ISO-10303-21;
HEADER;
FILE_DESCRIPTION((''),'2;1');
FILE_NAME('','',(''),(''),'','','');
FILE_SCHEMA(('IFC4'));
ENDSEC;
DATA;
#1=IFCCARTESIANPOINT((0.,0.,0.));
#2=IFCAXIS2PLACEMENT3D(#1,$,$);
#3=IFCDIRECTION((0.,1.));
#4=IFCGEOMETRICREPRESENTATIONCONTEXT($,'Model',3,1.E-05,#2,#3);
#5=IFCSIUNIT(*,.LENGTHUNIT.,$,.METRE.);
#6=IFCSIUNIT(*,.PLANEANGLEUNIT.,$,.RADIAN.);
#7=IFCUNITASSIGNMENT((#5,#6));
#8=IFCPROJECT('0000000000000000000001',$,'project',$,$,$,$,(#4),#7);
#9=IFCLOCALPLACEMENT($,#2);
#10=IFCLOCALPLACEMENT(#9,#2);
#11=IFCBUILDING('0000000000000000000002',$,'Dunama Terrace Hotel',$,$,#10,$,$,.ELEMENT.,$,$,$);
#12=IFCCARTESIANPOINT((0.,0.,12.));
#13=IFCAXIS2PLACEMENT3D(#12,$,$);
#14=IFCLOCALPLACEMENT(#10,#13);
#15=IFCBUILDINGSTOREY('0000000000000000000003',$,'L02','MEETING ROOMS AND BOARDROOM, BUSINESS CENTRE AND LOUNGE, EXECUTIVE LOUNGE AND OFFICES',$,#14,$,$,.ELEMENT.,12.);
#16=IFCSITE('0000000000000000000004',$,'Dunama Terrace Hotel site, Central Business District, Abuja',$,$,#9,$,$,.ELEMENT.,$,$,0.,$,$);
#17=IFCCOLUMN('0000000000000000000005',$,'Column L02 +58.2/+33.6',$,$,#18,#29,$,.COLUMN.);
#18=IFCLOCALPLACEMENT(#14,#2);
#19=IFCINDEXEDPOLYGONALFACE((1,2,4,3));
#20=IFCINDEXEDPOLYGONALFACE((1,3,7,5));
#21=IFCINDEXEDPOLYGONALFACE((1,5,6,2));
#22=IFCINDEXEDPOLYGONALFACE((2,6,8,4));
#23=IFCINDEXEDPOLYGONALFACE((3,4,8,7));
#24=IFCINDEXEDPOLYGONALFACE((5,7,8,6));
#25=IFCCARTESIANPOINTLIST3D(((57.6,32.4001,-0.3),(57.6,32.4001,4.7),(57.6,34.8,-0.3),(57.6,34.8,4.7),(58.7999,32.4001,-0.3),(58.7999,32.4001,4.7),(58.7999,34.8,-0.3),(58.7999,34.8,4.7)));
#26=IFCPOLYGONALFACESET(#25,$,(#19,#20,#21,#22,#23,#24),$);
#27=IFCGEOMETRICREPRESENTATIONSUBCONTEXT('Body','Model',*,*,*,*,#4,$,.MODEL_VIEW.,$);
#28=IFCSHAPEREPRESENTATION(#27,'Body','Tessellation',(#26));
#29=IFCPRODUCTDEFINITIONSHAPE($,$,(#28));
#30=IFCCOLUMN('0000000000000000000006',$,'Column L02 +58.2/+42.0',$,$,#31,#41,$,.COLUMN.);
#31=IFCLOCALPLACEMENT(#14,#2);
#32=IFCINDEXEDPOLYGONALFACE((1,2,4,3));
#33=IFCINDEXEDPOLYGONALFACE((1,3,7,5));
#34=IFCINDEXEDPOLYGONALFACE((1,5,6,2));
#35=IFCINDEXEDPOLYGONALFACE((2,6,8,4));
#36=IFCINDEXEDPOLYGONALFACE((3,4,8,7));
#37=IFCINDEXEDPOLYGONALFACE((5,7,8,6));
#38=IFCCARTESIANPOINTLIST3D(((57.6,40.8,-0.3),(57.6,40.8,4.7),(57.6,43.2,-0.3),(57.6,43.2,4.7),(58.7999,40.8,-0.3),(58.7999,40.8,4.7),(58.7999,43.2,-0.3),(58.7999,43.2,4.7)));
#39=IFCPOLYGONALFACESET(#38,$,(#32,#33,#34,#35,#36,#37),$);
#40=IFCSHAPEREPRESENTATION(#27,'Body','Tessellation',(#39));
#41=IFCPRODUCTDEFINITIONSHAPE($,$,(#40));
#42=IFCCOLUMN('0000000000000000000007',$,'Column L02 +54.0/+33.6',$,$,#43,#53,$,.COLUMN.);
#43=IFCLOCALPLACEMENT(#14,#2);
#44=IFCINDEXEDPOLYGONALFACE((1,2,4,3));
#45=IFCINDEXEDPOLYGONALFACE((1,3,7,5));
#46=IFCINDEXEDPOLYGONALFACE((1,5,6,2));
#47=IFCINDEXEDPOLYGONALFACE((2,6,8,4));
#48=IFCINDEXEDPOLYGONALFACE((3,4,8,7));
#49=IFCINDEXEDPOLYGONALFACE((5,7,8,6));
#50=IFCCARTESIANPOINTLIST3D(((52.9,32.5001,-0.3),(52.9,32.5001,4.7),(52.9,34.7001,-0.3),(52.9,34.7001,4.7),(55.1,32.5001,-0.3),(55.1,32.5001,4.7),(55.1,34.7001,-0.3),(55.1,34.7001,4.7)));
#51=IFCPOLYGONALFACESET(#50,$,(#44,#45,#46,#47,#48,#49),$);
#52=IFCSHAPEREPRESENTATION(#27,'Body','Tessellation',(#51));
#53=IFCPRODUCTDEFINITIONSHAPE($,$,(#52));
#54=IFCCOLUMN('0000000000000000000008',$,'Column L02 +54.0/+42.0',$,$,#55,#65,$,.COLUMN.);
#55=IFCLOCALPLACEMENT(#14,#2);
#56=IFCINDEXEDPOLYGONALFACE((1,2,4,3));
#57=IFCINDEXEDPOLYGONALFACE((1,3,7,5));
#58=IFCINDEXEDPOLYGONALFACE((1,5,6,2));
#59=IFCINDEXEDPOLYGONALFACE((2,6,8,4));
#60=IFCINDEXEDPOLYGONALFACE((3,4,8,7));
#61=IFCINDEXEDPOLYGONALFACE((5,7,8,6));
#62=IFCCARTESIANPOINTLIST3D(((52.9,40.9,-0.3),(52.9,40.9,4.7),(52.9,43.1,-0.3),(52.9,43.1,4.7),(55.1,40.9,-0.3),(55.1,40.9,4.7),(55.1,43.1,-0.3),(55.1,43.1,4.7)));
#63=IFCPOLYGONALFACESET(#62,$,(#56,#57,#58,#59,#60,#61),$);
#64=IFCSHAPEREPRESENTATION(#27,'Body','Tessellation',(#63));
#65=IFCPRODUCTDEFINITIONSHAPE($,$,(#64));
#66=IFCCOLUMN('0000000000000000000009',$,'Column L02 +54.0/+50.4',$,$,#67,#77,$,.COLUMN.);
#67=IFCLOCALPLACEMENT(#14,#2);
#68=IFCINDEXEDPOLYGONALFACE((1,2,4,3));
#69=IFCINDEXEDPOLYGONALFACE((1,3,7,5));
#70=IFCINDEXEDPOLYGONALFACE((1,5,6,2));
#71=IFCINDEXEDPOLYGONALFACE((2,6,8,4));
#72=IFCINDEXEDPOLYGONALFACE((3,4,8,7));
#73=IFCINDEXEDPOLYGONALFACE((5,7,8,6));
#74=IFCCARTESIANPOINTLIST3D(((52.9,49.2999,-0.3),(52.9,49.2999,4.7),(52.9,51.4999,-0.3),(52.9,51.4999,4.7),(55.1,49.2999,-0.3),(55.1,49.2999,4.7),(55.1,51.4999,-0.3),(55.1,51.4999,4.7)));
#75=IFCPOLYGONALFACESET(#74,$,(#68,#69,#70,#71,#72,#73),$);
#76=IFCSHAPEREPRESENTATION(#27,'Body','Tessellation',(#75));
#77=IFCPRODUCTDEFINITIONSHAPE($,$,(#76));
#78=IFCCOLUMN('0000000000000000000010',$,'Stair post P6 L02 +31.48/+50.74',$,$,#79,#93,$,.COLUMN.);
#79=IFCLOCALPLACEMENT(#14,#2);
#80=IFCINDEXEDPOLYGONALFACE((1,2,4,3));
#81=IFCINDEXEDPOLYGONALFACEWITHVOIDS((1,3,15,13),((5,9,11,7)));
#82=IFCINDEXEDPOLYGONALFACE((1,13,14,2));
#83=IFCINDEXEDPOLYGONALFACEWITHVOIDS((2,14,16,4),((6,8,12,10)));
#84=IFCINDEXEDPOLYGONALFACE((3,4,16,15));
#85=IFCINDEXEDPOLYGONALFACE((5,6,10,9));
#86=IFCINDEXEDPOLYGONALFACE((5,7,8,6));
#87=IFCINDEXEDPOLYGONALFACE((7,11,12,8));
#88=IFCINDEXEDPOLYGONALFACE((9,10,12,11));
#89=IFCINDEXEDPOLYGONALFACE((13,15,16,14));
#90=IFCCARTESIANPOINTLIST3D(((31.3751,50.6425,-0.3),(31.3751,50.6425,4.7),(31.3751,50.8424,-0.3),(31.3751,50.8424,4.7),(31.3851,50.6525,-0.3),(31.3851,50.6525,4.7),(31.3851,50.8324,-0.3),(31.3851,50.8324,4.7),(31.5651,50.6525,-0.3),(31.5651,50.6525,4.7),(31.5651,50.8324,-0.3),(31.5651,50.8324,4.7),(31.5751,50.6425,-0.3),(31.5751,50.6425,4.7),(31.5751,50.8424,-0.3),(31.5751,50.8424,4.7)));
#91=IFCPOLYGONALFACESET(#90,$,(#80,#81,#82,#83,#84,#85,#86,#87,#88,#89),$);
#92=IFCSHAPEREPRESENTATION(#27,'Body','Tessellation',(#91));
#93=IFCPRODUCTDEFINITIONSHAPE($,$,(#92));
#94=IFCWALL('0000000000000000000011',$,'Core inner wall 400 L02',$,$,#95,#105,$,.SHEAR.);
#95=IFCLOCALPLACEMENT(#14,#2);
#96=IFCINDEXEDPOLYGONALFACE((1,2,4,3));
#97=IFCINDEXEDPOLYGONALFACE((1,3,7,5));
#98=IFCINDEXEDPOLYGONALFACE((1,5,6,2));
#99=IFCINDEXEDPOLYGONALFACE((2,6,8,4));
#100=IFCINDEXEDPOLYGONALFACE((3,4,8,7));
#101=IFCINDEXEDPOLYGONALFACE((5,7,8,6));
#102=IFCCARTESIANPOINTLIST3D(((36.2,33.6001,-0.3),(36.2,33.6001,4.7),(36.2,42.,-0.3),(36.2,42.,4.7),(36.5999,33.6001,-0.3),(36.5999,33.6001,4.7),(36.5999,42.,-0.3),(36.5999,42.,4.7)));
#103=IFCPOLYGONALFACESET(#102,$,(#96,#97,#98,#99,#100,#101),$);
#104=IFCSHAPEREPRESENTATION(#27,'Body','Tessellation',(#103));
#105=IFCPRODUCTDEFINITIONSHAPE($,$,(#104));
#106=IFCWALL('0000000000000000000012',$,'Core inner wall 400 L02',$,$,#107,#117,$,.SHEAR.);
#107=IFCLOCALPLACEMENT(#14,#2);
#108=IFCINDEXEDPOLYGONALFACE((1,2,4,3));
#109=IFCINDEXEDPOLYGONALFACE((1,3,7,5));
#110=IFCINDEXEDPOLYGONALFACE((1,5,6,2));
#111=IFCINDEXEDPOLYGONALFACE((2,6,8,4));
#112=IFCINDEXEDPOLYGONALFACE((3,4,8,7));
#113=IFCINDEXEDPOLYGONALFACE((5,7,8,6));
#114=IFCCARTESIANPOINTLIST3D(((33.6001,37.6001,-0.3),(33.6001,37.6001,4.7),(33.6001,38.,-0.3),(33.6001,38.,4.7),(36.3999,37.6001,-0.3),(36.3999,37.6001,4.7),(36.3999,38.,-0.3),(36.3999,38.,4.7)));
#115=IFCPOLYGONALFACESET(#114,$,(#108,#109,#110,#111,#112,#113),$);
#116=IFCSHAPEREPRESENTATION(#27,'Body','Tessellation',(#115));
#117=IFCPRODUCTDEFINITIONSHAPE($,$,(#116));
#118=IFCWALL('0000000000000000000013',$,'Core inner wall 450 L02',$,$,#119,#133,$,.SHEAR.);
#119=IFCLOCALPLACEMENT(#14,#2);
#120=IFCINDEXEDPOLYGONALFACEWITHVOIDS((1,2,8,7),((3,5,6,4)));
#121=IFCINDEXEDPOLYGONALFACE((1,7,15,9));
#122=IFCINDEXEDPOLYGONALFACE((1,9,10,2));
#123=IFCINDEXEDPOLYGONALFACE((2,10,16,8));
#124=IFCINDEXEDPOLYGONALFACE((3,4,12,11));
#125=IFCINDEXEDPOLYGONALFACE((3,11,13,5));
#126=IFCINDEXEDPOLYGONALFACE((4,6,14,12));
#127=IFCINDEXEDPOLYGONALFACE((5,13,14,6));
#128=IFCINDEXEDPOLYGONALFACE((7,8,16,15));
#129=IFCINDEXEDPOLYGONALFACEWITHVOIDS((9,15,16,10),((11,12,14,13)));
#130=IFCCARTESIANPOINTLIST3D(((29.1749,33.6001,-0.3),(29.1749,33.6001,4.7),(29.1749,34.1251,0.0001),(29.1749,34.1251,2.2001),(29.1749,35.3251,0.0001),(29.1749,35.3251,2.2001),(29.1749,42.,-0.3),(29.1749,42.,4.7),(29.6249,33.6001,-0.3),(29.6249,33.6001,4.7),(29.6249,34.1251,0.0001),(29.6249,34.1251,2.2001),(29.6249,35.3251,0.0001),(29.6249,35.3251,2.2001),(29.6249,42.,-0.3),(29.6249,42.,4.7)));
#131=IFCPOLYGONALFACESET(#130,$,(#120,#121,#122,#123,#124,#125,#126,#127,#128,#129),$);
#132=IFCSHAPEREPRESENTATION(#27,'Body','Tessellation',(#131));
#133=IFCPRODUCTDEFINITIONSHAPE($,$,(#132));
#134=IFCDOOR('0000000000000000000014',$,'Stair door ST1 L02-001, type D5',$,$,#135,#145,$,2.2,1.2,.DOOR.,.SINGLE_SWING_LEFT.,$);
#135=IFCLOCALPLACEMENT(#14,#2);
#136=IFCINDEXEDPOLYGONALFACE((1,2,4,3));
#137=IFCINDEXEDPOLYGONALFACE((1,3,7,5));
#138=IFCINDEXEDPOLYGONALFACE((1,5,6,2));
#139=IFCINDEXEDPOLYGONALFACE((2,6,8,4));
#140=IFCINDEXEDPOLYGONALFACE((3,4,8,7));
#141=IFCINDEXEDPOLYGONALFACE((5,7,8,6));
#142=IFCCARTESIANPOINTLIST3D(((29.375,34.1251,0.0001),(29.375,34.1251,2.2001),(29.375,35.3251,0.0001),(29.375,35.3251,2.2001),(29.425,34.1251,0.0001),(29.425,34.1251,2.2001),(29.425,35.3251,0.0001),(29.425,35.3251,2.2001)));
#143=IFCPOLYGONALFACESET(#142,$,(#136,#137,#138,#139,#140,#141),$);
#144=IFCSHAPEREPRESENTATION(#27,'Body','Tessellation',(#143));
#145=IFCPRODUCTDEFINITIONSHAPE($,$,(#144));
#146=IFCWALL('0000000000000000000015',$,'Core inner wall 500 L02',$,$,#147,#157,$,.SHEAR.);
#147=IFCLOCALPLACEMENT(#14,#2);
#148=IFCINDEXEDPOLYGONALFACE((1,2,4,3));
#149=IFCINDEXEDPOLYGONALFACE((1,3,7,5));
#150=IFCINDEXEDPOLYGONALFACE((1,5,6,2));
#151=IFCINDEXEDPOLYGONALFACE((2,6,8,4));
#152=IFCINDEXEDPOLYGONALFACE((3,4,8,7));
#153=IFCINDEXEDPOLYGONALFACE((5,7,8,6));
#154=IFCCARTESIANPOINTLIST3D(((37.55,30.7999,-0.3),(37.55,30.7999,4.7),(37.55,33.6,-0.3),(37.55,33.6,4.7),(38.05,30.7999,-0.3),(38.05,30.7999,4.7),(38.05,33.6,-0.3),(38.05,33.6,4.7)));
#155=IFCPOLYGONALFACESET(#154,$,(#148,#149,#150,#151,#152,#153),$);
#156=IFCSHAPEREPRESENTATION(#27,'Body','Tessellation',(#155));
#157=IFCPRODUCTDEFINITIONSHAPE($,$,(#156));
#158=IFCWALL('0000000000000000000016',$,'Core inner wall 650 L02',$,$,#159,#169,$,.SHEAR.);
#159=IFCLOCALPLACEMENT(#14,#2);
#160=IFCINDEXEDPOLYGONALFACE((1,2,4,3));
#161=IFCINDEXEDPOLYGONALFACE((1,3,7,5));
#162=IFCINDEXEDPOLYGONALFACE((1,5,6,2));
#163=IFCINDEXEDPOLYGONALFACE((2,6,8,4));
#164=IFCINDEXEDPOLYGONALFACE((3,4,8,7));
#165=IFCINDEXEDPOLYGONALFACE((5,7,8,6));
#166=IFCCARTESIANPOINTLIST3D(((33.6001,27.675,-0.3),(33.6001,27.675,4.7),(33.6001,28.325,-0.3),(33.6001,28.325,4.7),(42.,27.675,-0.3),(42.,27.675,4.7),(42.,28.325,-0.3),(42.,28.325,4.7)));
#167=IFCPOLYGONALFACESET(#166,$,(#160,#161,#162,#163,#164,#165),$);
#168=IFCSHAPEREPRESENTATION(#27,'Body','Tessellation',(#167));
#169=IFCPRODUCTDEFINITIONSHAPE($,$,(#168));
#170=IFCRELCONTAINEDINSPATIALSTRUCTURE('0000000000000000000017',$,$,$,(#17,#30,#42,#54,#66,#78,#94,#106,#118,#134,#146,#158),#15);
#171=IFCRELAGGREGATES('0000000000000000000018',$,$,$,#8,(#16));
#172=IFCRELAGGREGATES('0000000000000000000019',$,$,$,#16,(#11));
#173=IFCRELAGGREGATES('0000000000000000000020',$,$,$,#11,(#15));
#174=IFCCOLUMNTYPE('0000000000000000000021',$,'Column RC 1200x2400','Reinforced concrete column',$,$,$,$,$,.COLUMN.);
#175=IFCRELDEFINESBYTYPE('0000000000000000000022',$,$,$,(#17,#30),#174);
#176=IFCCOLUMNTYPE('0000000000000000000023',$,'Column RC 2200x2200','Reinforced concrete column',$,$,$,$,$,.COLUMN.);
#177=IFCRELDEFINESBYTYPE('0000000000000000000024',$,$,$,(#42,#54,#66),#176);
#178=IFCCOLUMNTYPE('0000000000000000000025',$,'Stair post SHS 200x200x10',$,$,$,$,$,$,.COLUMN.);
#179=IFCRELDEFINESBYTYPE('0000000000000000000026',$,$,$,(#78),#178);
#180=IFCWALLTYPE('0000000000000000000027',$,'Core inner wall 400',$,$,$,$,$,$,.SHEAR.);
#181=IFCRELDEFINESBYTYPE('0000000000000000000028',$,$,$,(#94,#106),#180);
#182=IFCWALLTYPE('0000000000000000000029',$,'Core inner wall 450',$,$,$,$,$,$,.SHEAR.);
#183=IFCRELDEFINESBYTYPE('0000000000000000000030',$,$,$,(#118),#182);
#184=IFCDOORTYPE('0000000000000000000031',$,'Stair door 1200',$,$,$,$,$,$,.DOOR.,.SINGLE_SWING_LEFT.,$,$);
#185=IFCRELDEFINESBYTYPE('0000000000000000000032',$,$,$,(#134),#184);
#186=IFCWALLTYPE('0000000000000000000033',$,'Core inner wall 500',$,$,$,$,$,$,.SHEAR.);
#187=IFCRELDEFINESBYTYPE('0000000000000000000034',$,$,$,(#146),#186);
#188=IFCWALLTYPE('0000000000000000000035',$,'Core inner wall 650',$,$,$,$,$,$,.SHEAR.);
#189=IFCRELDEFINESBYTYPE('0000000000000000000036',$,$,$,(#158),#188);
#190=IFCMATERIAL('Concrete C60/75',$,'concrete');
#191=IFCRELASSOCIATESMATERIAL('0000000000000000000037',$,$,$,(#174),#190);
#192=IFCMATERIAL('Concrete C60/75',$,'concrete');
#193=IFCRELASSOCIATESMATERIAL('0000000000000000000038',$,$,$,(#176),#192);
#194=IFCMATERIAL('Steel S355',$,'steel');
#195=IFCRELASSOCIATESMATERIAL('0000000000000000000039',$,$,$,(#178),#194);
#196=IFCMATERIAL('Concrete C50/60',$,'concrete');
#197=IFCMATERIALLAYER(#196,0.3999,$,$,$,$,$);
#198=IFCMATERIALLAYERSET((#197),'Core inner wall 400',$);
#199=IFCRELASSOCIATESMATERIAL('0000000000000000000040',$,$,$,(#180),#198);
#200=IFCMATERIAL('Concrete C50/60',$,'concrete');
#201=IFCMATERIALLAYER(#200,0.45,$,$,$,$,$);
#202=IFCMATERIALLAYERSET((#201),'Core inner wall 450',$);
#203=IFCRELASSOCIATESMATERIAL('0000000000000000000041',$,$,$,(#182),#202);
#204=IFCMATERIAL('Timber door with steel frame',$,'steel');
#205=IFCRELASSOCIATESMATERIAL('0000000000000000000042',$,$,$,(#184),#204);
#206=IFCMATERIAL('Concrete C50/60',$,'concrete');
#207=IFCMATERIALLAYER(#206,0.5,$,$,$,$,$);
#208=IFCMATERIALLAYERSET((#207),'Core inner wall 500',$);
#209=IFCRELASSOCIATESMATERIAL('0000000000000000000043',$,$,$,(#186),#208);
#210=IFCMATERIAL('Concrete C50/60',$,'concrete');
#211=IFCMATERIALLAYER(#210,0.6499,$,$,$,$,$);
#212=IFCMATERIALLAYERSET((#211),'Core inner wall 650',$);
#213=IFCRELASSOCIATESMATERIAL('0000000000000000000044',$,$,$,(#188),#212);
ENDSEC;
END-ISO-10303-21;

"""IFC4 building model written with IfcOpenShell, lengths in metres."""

from ifc_helpers import new_model, si_unit, direction, frame, frame_2d, origin, origin_2d, place, context, subcontext, project, spatial, rectangle, hollow_rectangle, extrude, material, layer, layer_set, material_profile, profile_set, type_object, element, fill, save


model = new_model("IFC4")

# Units and contexts
model_context = context("Model", 3, precision=1e-05, world=origin(), true_north=direction((0.0, 1.0)))
body_context = subcontext(model_context, "Body", "Model", "MODEL_VIEW")
ifc_project = project(units=[si_unit("LENGTHUNIT", "METRE"), si_unit("PLANEANGLEUNIT", "RADIAN")], contexts=[model_context])

# Site, building, storey
site_placement = place(None, origin())
site = spatial("IfcSite", under=ifc_project, at=site_placement, Name="Dunama Terrace Hotel site, Central Business District, Abuja", CompositionType="ELEMENT", RefElevation=0.0)
building_placement = place(site_placement, origin())
building = spatial("IfcBuilding", under=site, at=building_placement, Name="Dunama Terrace Hotel", CompositionType="ELEMENT")
storey_placement = place(building_placement, frame((0.0, 0.0, 12.0)))
storey = spatial("IfcBuildingStorey", under=building, at=storey_placement, Name="L02", Description="MEETING ROOMS AND BOARDROOM, BUSINESS CENTRE AND LOUNGE, EXECUTIVE LOUNGE AND OFFICES", CompositionType="ELEMENT", Elevation=12.0)

# Columns
ifc_material_1 = material(Name="Concrete C60/75", Category="concrete")
ifc_material_profile_1 = material_profile(ifc_material_1, rectangle(XDim=1.2, YDim=2.3999, at=origin_2d()), Name="RC 1200x2400")
ifc_profile_set_1 = profile_set([ifc_material_profile_1], Name="Concrete C60/75")
column_type_1 = type_object("IfcColumnType", Name="Column RC 1200x2400", Description="Reinforced concrete column", PredefinedType="COLUMN", material=ifc_profile_set_1)
for number, where, z_axis, x_axis, name in (
    (1, (58.2, 33.6001, -0.3), (0.0, 0.0, 1.0), (1.0, 0.0, 0.0), "Column L02 +58.2/+33.6"),
    (2, (58.2, 42.0, -0.3), (0.0, 0.0, 1.0), (1.0, 0.0, 0.0), "Column L02 +58.2/+42.0"),
):
    element("IfcColumn", number, at=place(storey_placement, frame(where, z_axis=z_axis, x_axis=x_axis)), inside=storey, type_object=column_type_1, Name=name, PredefinedType="COLUMN", context=body_context, shape_type="SweptSolid", body=[
        extrude(rectangle(XDim=1.2, YDim=2.3999, at=origin_2d()), origin(), (0.0, 0.0, 1.0), 5.0),
    ])
ifc_material_2 = material(Name="Concrete C60/75", Category="concrete")
ifc_material_profile_2 = material_profile(ifc_material_2, rectangle(XDim=2.2, YDim=2.2, at=origin_2d()), Name="RC 2200x2200")
ifc_profile_set_2 = profile_set([ifc_material_profile_2], Name="Concrete C60/75")
column_type_2 = type_object("IfcColumnType", Name="Column RC 2200x2200", Description="Reinforced concrete column", PredefinedType="COLUMN", material=ifc_profile_set_2)
for number, where, z_axis, x_axis, name in (
    (3, (54.0, 33.6001, -0.3), (0.0, 0.0, 1.0), (1.0, 0.0, 0.0), "Column L02 +54.0/+33.6"),
    (4, (54.0, 42.0, -0.3), (0.0, 0.0, 1.0), (1.0, 0.0, 0.0), "Column L02 +54.0/+42.0"),
    (5, (54.0, 50.3999, -0.3), (0.0, 0.0, 1.0), (1.0, 0.0, 0.0), "Column L02 +54.0/+50.4"),
):
    element("IfcColumn", number, at=place(storey_placement, frame(where, z_axis=z_axis, x_axis=x_axis)), inside=storey, type_object=column_type_2, Name=name, PredefinedType="COLUMN", context=body_context, shape_type="SweptSolid", body=[
        extrude(rectangle(XDim=2.2, YDim=2.2, at=origin_2d()), origin(), (0.0, 0.0, 1.0), 5.0),
    ])
ifc_material_3 = material(Name="Steel S355", Category="steel")
ifc_material_profile_3 = material_profile(ifc_material_3, hollow_rectangle(XDim=0.2, YDim=0.2, WallThickness=0.01, at=origin_2d()), Name="SHS 200x200x10")
ifc_profile_set_3 = profile_set([ifc_material_profile_3], Name="Steel S355")
column_type_3 = type_object("IfcColumnType", Name="Stair post SHS 200x200x10", PredefinedType="COLUMN", material=ifc_profile_set_3)
column_placement = place(storey_placement, frame((31.4751, 50.7424, -0.3), z_axis=(0.0, 0.0, 1.0), x_axis=(1.0, 0.0, 0.0)))
element("IfcColumn", 6, at=column_placement, inside=storey, type_object=column_type_3, Name="Stair post P6 L02 +31.48/+50.74", PredefinedType="COLUMN", context=body_context, shape_type="SweptSolid", body=[
    extrude(hollow_rectangle(XDim=0.2, YDim=0.2, WallThickness=0.01, at=origin_2d()), origin(), (0.0, 0.0, 1.0), 5.0),
])

# Walls
ifc_material_4 = material(Name="Concrete C50/60", Category="concrete")
ifc_layer_1 = layer(ifc_material_4, 0.3999)
ifc_layer_set_1 = layer_set([ifc_layer_1], Name="Core inner wall 400")
wall_type_1 = type_object("IfcWallType", Name="Core inner wall 400", PredefinedType="SHEAR", material=ifc_layer_set_1)
wall_1_placement = place(storey_placement, frame((36.3999, 33.6001, -0.3), z_axis=(0.0, 0.0, 1.0), x_axis=(0.0, 1.0, 0.0)))
element("IfcWall", 7, at=wall_1_placement, inside=storey, type_object=wall_type_1, Name="Core inner wall 400 L02", PredefinedType="SHEAR", context=body_context, shape_type="SweptSolid", body=[
    extrude(rectangle(XDim=8.3999, YDim=0.3999, at=frame_2d((4.2, 0.0))), origin(), (0.0, 0.0, 1.0), 5.0),
])
wall_2_placement = place(storey_placement, frame((33.6001, 37.8, -0.3), z_axis=(0.0, 0.0, 1.0), x_axis=(1.0, 0.0, 0.0)))
element("IfcWall", 8, at=wall_2_placement, inside=storey, type_object=wall_type_1, Name="Core inner wall 400 L02", PredefinedType="SHEAR", context=body_context, shape_type="SweptSolid", body=[
    extrude(rectangle(XDim=2.7998, YDim=0.3999, at=frame_2d((1.3999, 0.0))), origin(), (0.0, 0.0, 1.0), 5.0),
])

# Wall, opening, door
ifc_material_5 = material(Name="Concrete C50/60", Category="concrete")
ifc_layer_2 = layer(ifc_material_5, 0.45)
ifc_layer_set_2 = layer_set([ifc_layer_2], Name="Core inner wall 450")
wall_type_2 = type_object("IfcWallType", Name="Core inner wall 450", PredefinedType="SHEAR", material=ifc_layer_set_2)
wall_3_placement = place(storey_placement, frame((29.3999, 33.6001, -0.3), z_axis=(0.0, 0.0, 1.0), x_axis=(0.0, 1.0, 0.0)))
wall_3 = element("IfcWall", 9, at=wall_3_placement, inside=storey, type_object=wall_type_2, Name="Core inner wall 450 L02", PredefinedType="SHEAR", context=body_context, shape_type="SweptSolid", body=[
    extrude(rectangle(XDim=8.3999, YDim=0.45, at=frame_2d((4.2, 0.0))), origin(), (0.0, 0.0, 1.0), 5.0),
])
opening_1_placement = place(wall_3_placement, frame((0.5249, 0.0, 0.3)))
opening_1 = element("IfcOpeningElement", 10, at=opening_1_placement, cuts=wall_3, PredefinedType="OPENING", context=body_context, shape_type="SweptSolid", body=[
    extrude(rectangle(XDim=1.2, YDim=2.2, at=frame_2d((0.6001, 1.1001))), frame((0.0, 0.2349, 0.0), z_axis=(0.0, -1.0, 0.0), x_axis=(1.0, 0.0, 0.0)), (0.0, 0.0, 1.0), 0.47),
])
ifc_material_6 = material(Name="Timber door with steel frame", Category="steel")
door_type_1 = type_object("IfcDoorType", Name="Stair door 1200", OperationType="SINGLE_SWING_LEFT", PredefinedType="DOOR", material=ifc_material_6)
door_1_placement = place(opening_1_placement, origin())
door_1 = element("IfcDoor", 11, at=door_1_placement, inside=storey, type_object=door_type_1, Name="Stair door ST1 L02-001, type D5", OperationType="SINGLE_SWING_LEFT", OverallHeight=2.2, OverallWidth=1.2, PredefinedType="DOOR", context=body_context, shape_type="SweptSolid", body=[
    extrude(rectangle(XDim=1.2, YDim=2.2, at=frame_2d((0.6001, 1.1001))), frame((0.0, 0.0249, 0.0), z_axis=(0.0, -1.0, 0.0), x_axis=(1.0, 0.0, 0.0)), (0.0, 0.0, 1.0), 0.05),
])
fill(opening_1, door_1)

# Walls
ifc_material_7 = material(Name="Concrete C50/60", Category="concrete")
ifc_layer_3 = layer(ifc_material_7, 0.5)
ifc_layer_set_3 = layer_set([ifc_layer_3], Name="Core inner wall 500")
wall_type_3 = type_object("IfcWallType", Name="Core inner wall 500", PredefinedType="SHEAR", material=ifc_layer_set_3)
wall_4_placement = place(storey_placement, frame((37.8, 30.8, -0.3), z_axis=(0.0, 0.0, 1.0), x_axis=(0.0, 1.0, 0.0)))
element("IfcWall", 12, at=wall_4_placement, inside=storey, type_object=wall_type_3, Name="Core inner wall 500 L02", PredefinedType="SHEAR", context=body_context, shape_type="SweptSolid", body=[
    extrude(rectangle(XDim=2.8, YDim=0.5, at=frame_2d((1.3999, 0.0))), origin(), (0.0, 0.0, 1.0), 5.0),
])
ifc_material_8 = material(Name="Concrete C50/60", Category="concrete")
ifc_layer_4 = layer(ifc_material_8, 0.6499)
ifc_layer_set_4 = layer_set([ifc_layer_4], Name="Core inner wall 650")
wall_type_4 = type_object("IfcWallType", Name="Core inner wall 650", PredefinedType="SHEAR", material=ifc_layer_set_4)
wall_5_placement = place(storey_placement, frame((33.6001, 28.0, -0.3), z_axis=(0.0, 0.0, 1.0), x_axis=(1.0, 0.0, 0.0)))
element("IfcWall", 13, at=wall_5_placement, inside=storey, type_object=wall_type_4, Name="Core inner wall 650 L02", PredefinedType="SHEAR", context=body_context, shape_type="SweptSolid", body=[
    extrude(rectangle(XDim=8.3999, YDim=0.6499, at=frame_2d((4.2, 0.0))), origin(), (0.0, 0.0, 1.0), 5.0),
])

save(model, "model.ifc")
